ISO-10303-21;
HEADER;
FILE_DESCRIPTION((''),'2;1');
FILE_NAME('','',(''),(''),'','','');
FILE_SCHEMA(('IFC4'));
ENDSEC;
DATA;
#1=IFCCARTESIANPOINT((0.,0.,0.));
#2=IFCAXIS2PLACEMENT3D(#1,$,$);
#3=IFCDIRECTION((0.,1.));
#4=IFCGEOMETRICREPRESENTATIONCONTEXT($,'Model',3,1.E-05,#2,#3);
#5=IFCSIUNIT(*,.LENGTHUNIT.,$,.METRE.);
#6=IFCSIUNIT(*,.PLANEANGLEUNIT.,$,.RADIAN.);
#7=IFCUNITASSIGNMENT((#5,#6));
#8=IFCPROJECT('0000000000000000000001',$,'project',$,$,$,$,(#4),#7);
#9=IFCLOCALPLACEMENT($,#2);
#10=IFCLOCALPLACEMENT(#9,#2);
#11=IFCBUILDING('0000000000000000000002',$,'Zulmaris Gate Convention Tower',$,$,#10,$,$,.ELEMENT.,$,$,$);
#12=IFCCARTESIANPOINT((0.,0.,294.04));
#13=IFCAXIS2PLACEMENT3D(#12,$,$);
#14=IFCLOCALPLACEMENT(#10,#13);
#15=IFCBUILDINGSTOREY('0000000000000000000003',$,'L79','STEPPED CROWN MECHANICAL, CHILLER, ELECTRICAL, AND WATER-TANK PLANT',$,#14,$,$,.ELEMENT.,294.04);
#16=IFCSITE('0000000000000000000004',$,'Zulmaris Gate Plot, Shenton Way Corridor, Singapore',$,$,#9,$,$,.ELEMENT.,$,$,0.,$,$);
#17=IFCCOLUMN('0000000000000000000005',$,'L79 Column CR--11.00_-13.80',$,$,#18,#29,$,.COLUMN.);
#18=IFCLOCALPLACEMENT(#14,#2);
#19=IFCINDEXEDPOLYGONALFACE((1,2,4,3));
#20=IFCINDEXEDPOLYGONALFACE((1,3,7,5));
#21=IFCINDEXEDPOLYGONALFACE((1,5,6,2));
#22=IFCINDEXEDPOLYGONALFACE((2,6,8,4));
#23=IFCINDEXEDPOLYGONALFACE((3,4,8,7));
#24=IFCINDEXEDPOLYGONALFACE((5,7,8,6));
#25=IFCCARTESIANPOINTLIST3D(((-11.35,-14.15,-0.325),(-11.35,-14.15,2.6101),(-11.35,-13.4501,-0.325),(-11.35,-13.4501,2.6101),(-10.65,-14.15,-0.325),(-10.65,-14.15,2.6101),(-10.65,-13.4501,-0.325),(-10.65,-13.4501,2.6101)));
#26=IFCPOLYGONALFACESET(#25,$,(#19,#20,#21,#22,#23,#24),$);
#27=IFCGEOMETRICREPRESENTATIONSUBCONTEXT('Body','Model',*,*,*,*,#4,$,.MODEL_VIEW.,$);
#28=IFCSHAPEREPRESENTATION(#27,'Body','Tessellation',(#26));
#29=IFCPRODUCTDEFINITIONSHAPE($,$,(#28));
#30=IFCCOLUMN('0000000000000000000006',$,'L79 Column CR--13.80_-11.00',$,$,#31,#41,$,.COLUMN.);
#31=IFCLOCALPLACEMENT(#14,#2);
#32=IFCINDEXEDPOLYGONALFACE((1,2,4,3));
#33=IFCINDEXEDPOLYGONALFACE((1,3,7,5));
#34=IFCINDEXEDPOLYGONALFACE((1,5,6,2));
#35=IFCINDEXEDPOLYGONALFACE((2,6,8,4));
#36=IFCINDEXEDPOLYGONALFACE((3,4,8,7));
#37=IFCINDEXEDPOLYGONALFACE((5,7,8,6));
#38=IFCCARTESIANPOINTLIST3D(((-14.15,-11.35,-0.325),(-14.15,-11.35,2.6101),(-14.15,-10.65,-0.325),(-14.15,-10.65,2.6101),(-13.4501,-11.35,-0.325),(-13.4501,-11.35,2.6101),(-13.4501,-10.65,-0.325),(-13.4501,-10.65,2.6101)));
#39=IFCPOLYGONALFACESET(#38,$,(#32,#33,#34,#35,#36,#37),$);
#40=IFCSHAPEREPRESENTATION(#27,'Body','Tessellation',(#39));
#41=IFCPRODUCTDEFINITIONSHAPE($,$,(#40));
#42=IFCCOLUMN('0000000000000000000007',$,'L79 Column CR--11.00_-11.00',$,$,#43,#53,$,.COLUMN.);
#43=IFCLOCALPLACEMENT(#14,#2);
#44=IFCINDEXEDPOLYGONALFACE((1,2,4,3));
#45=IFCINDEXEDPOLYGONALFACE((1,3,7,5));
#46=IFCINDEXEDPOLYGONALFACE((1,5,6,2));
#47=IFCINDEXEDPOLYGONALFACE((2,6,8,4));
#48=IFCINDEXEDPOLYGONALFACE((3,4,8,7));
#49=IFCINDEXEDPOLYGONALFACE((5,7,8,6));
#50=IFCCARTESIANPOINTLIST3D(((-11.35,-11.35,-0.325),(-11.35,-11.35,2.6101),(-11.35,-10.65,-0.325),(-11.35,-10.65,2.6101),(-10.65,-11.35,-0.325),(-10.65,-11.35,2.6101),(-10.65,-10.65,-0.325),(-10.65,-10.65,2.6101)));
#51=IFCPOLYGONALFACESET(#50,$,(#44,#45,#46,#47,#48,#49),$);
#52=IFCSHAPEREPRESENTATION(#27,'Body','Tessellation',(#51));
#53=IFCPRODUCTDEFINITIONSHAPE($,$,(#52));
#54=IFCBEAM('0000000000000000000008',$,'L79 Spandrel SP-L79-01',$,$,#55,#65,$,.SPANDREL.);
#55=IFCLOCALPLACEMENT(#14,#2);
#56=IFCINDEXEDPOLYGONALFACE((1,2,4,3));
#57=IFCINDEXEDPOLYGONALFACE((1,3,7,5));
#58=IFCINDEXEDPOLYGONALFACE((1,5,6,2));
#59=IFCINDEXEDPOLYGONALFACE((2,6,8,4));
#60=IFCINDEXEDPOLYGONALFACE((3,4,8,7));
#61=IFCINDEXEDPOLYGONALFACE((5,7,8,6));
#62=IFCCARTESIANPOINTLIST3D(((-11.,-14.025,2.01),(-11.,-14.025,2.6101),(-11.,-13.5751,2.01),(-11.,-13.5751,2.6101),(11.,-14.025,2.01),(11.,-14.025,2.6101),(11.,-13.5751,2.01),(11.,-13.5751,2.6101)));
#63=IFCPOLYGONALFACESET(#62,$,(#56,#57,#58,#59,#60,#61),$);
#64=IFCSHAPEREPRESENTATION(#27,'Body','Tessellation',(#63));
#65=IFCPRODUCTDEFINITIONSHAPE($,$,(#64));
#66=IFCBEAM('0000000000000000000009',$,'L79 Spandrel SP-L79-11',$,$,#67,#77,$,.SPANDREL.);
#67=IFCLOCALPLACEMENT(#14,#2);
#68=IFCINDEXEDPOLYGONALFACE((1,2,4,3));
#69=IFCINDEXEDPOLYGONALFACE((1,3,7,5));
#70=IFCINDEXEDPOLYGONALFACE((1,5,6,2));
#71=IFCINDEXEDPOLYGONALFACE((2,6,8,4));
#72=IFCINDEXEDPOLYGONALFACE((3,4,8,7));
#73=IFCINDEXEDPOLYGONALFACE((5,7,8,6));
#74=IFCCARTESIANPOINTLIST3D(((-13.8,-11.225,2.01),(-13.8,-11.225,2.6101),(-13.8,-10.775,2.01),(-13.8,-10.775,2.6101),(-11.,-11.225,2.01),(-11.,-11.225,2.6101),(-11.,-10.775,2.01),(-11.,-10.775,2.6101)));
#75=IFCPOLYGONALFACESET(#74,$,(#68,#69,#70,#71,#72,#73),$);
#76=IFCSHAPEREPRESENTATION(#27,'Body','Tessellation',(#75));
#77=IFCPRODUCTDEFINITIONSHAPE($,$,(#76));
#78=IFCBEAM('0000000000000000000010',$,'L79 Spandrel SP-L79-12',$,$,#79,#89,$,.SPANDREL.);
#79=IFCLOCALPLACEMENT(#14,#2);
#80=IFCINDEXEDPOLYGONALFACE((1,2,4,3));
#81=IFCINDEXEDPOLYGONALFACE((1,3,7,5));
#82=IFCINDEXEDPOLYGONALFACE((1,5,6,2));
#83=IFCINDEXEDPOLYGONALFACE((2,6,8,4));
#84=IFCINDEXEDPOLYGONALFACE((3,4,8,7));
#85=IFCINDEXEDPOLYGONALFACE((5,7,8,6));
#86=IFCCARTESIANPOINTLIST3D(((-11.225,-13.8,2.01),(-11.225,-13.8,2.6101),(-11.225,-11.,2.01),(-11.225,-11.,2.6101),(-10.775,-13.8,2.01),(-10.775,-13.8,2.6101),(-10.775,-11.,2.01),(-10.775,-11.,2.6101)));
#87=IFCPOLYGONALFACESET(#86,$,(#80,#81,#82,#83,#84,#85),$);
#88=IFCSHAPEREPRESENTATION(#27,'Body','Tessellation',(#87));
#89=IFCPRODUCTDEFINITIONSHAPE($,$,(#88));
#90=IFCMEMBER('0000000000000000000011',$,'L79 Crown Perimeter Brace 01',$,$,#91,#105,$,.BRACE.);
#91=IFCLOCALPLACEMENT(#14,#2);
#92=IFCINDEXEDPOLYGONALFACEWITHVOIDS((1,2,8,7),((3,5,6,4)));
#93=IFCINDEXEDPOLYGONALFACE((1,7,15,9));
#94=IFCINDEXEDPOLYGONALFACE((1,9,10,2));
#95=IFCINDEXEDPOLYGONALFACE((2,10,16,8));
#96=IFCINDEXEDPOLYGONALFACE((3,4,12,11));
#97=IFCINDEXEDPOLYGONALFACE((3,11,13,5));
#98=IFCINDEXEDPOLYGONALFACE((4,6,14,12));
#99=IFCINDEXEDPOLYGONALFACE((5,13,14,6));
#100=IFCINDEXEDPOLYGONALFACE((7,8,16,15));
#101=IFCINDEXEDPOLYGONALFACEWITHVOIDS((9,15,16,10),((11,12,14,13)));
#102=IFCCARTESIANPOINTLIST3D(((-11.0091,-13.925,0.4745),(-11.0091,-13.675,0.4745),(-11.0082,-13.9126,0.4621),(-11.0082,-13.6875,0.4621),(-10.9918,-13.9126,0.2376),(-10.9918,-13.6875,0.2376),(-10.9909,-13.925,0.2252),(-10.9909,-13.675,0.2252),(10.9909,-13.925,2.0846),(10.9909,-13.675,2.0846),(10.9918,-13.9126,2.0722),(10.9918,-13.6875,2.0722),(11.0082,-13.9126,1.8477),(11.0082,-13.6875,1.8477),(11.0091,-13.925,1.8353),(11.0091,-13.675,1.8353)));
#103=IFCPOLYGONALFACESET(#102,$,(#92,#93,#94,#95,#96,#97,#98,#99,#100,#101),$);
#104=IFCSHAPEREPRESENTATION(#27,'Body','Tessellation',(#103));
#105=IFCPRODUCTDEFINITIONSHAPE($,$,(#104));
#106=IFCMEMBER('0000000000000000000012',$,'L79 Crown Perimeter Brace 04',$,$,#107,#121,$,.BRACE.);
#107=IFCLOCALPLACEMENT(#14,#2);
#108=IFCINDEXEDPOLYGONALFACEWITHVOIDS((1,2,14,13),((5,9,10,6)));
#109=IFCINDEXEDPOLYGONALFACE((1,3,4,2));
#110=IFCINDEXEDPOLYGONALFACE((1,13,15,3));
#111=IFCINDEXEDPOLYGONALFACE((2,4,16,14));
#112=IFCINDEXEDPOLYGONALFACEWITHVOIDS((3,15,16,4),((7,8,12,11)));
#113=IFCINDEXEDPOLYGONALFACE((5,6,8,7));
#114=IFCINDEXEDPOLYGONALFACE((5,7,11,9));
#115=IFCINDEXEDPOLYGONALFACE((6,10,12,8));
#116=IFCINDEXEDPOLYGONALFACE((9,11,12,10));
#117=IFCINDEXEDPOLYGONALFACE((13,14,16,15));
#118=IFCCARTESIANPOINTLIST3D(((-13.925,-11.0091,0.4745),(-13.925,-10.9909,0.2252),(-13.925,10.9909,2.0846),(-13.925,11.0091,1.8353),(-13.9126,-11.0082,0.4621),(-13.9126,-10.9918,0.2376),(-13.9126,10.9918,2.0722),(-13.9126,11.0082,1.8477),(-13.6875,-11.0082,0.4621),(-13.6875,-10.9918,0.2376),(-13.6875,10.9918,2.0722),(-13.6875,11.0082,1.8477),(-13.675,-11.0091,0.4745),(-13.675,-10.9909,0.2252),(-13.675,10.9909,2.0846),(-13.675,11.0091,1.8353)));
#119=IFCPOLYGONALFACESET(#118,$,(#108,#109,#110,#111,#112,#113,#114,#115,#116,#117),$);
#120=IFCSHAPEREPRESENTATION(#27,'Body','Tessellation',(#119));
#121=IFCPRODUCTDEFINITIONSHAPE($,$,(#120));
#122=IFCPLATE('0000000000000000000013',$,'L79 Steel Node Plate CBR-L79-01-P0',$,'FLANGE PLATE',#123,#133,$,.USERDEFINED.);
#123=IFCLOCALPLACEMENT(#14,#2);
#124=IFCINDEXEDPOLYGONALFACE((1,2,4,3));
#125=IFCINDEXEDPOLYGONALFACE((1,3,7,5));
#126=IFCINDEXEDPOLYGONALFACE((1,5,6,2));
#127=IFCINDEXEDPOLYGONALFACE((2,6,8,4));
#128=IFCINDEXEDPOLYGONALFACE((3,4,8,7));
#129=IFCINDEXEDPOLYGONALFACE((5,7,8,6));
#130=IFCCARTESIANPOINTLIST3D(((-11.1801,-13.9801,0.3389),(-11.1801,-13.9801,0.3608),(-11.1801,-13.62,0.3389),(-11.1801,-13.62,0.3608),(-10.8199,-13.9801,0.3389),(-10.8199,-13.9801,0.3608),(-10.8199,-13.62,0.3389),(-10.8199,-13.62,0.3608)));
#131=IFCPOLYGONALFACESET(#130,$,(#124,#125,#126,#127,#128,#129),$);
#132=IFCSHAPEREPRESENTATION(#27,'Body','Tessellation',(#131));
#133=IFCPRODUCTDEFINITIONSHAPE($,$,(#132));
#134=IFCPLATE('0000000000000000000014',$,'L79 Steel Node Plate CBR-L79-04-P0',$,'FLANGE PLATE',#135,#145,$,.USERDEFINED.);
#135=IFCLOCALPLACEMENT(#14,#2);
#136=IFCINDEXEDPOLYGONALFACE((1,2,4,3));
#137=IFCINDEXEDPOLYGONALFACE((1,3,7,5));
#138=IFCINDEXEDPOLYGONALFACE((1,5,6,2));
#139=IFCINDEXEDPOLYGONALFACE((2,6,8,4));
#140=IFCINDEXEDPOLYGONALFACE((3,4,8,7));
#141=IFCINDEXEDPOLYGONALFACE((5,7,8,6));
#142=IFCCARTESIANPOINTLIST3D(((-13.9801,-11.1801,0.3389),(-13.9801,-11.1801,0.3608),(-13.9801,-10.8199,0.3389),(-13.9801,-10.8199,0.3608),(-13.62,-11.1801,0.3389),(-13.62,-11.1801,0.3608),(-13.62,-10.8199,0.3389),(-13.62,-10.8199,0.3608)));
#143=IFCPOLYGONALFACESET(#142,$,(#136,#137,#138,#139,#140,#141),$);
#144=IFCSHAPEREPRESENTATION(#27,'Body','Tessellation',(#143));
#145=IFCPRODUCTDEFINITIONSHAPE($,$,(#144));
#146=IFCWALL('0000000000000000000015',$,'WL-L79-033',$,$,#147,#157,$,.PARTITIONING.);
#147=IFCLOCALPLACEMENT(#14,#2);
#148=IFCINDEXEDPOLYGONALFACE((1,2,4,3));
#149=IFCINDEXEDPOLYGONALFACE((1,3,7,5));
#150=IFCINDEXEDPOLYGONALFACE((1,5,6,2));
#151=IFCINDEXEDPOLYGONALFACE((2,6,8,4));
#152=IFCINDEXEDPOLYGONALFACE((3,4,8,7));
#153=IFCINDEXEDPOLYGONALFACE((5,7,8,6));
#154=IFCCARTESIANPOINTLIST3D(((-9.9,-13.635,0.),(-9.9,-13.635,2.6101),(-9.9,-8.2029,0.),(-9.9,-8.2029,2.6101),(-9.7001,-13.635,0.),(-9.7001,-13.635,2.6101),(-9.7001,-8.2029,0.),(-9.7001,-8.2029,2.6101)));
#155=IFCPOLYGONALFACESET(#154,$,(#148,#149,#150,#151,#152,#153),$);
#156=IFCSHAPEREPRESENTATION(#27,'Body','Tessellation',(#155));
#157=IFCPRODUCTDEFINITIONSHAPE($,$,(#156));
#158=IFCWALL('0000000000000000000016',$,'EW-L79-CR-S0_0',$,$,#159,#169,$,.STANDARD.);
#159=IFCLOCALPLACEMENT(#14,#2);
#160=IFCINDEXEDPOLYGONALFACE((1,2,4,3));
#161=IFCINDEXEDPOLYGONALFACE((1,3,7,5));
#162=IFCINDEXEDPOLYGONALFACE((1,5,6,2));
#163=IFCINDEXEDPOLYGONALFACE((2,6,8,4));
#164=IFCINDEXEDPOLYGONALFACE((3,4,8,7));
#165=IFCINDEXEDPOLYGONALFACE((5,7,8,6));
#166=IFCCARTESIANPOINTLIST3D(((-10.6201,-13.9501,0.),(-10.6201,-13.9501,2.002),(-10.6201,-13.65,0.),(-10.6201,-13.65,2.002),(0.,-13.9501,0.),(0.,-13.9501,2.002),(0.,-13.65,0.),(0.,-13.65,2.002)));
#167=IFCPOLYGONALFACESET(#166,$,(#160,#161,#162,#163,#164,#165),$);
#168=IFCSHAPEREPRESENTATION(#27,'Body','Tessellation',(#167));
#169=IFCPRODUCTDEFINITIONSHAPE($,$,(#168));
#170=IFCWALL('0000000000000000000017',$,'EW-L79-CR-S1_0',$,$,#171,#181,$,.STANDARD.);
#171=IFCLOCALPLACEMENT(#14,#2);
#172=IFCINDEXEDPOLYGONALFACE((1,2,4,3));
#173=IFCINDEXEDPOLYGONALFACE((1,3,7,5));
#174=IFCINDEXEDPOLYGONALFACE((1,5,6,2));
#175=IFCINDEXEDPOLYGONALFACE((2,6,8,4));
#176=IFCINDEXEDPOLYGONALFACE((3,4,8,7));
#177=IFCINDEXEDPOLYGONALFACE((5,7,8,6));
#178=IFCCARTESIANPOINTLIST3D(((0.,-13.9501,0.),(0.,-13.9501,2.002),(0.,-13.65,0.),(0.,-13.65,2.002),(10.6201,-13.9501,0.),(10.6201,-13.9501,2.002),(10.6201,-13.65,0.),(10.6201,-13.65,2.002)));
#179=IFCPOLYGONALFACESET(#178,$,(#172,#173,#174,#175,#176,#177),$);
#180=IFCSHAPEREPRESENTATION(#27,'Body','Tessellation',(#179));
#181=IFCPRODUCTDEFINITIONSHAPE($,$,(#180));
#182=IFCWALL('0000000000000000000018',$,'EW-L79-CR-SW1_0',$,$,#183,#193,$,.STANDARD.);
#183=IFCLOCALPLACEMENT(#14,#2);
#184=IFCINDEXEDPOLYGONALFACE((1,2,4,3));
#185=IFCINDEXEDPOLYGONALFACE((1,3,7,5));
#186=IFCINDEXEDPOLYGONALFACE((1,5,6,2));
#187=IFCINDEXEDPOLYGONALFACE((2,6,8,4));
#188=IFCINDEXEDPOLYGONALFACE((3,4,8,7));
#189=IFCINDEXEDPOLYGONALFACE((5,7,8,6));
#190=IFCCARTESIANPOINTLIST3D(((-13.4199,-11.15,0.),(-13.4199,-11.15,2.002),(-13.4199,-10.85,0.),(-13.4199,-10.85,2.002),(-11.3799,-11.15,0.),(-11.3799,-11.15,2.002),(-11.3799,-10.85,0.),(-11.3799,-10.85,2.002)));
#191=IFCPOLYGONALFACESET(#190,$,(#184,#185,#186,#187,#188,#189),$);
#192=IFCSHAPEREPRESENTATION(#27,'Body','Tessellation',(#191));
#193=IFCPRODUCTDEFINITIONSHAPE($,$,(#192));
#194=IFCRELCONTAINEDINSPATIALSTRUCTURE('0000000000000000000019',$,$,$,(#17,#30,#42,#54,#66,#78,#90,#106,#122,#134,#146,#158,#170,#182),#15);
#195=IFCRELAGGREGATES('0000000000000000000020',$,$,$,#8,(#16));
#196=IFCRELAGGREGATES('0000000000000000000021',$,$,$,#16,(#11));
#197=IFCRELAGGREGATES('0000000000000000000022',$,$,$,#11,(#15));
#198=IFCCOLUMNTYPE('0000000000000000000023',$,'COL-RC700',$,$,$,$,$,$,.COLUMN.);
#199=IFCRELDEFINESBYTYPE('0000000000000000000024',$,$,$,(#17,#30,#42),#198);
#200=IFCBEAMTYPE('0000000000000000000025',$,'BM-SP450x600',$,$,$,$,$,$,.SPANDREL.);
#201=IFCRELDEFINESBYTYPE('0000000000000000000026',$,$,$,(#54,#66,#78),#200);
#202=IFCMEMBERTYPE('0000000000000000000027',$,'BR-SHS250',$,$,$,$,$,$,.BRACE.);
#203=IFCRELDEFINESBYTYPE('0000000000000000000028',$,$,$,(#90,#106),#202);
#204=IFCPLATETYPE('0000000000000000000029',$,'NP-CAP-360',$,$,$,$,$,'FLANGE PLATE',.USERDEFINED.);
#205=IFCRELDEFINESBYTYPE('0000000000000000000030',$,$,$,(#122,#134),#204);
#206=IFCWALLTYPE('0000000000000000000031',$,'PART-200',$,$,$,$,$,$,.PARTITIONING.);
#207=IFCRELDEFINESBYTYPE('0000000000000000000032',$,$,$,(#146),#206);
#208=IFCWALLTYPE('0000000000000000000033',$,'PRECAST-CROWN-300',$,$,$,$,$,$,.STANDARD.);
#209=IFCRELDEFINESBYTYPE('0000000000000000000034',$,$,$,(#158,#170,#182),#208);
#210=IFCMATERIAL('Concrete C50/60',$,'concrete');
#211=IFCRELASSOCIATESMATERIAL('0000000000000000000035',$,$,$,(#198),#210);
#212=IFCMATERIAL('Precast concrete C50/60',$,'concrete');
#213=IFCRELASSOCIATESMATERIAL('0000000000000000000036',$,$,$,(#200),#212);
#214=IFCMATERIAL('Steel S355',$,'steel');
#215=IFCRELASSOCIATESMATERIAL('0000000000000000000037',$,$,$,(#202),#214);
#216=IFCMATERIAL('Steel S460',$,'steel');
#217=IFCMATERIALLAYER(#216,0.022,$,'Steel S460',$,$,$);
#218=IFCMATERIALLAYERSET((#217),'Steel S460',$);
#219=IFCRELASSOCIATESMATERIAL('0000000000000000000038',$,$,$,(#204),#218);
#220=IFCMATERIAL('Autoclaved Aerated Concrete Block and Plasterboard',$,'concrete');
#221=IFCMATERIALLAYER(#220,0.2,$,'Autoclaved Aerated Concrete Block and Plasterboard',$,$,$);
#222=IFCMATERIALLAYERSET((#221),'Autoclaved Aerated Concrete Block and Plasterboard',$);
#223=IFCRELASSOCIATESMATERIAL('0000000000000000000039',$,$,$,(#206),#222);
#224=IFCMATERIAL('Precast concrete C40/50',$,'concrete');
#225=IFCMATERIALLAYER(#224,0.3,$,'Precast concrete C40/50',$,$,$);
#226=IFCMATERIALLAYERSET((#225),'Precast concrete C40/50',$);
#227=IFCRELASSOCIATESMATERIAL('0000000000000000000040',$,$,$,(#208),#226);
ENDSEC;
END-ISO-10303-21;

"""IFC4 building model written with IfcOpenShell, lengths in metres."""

from ifc_helpers import new_model, si_unit, direction, frame, frame_2d, origin, origin_2d, place, context, subcontext, project, spatial, rectangle, hollow_rectangle, extrude, material, layer, layer_set, material_profile, profile_set, type_object, element, save


model = new_model("IFC4")

# Units and contexts
model_context = context("Model", 3, precision=1e-05, world=origin(), true_north=direction((0.0, 1.0)))
body_context = subcontext(model_context, "Body", "Model", "MODEL_VIEW")
ifc_project = project(units=[si_unit("LENGTHUNIT", "METRE"), si_unit("PLANEANGLEUNIT", "RADIAN")], contexts=[model_context])

# Site, building, storey
site_placement = place(None, origin())
site = spatial("IfcSite", under=ifc_project, at=site_placement, Name="Zulmaris Gate Plot, Shenton Way Corridor, Singapore", CompositionType="ELEMENT", RefElevation=0.0)
building_placement = place(site_placement, origin())
building = spatial("IfcBuilding", under=site, at=building_placement, Name="Zulmaris Gate Convention Tower", CompositionType="ELEMENT")
storey_placement = place(building_placement, frame((0.0, 0.0, 294.04)))
storey = spatial("IfcBuildingStorey", under=building, at=storey_placement, Name="L79", Description="STEPPED CROWN MECHANICAL, CHILLER, ELECTRICAL, AND WATER-TANK PLANT", CompositionType="ELEMENT", Elevation=294.04)

# Columns
ifc_material_1 = material(Name="Concrete C50/60", Category="concrete")
ifc_material_profile_1 = material_profile(ifc_material_1, rectangle(XDim=0.7, YDim=0.7, at=origin_2d()), Name="RC COL 700x700")
ifc_profile_set_1 = profile_set([ifc_material_profile_1], Name="Concrete C50/60")
column_type = type_object("IfcColumnType", Name="COL-RC700", PredefinedType="COLUMN", material=ifc_profile_set_1)
for number, where, z_axis, x_axis, name in (
    (1, (-11.0, -13.8, -0.325), (0.0, 0.0, 1.0), (1.0, 0.0, 0.0), "L79 Column CR--11.00_-13.80"),
    (2, (-13.8, -11.0, -0.325), (0.0, 0.0, 1.0), (1.0, 0.0, 0.0), "L79 Column CR--13.80_-11.00"),
    (3, (-11.0, -11.0, -0.325), (0.0, 0.0, 1.0), (1.0, 0.0, 0.0), "L79 Column CR--11.00_-11.00"),
):
    element("IfcColumn", number, at=place(storey_placement, frame(where, z_axis=z_axis, x_axis=x_axis)), inside=storey, type_object=column_type, Name=name, PredefinedType="COLUMN", context=body_context, shape_type="SweptSolid", body=[
        extrude(rectangle(XDim=0.7, YDim=0.7, at=origin_2d()), origin(), (0.0, 0.0, 1.0), 2.9351),
    ])

# Beams
ifc_material_2 = material(Name="Precast concrete C50/60", Category="concrete")
ifc_material_profile_2 = material_profile(ifc_material_2, rectangle(XDim=0.45, YDim=0.6001, at=origin_2d()), Name="RC SPANDREL 450x600")
ifc_profile_set_2 = profile_set([ifc_material_profile_2], Name="Precast concrete C50/60")
beam_type = type_object("IfcBeamType", Name="BM-SP450x600", PredefinedType="SPANDREL", material=ifc_profile_set_2)
beam_placement = place(storey_placement, frame((-11.0, -13.8, 2.3101), z_axis=(1.0, 0.0, 0.0), x_axis=(0.0, 1.0, 0.0)))
element("IfcBeam", 4, at=beam_placement, inside=storey, type_object=beam_type, Name="L79 Spandrel SP-L79-01", PredefinedType="SPANDREL", context=body_context, shape_type="SweptSolid", body=[
    extrude(rectangle(XDim=0.45, YDim=0.6001, at=origin_2d()), origin(), (0.0, 0.0, 1.0), 22.0),
])
for number, where, z_axis, x_axis, name in (
    (5, (-13.8, -11.0, 2.3101), (1.0, 0.0, 0.0), (0.0, 1.0, 0.0), "L79 Spandrel SP-L79-11"),
    (6, (-11.0, -11.0, 2.3101), (0.0, -1.0, 0.0), (1.0, 0.0, 0.0), "L79 Spandrel SP-L79-12"),
):
    element("IfcBeam", number, at=place(storey_placement, frame(where, z_axis=z_axis, x_axis=x_axis)), inside=storey, type_object=beam_type, Name=name, PredefinedType="SPANDREL", context=body_context, shape_type="SweptSolid", body=[
        extrude(rectangle(XDim=0.45, YDim=0.6001, at=origin_2d()), origin(), (0.0, 0.0, 1.0), 2.8),
    ])

# Members
ifc_material_3 = material(Name="Steel S355", Category="steel")
ifc_material_profile_3 = material_profile(ifc_material_3, hollow_rectangle(XDim=0.25, YDim=0.25, WallThickness=0.0125, at=origin_2d()), Name="SHS 250x250x12.5")
ifc_profile_set_3 = profile_set([ifc_material_profile_3], Name="Steel S355")
member_type = type_object("IfcMemberType", Name="BR-SHS250", PredefinedType="BRACE", material=ifc_profile_set_3)
for number, where, z_axis, x_axis, name in (
    (7, (-11.0, -13.8, 0.3499), (0.997333, 0.0, 0.072991), (0.0, 1.0, 0.0), "L79 Crown Perimeter Brace 01"),
    (8, (-13.8, -11.0, 0.3499), (0.0, 0.997333, 0.072991), (-1.0, 0.0, 0.0), "L79 Crown Perimeter Brace 04"),
):
    element("IfcMember", number, at=place(storey_placement, frame(where, z_axis=z_axis, x_axis=x_axis)), inside=storey, type_object=member_type, Name=name, PredefinedType="BRACE", context=body_context, shape_type="SweptSolid", body=[
        extrude(hollow_rectangle(XDim=0.25, YDim=0.25, WallThickness=0.0125, at=origin_2d()), origin(), (0.0, 0.0, 1.0), 22.0588),
    ])

# Plates
ifc_material_4 = material(Name="Steel S460", Category="steel")
ifc_layer_1 = layer(ifc_material_4, 0.022, Name="Steel S460")
ifc_layer_set_1 = layer_set([ifc_layer_1], Name="Steel S460")
plate_type = type_object("IfcPlateType", Name="NP-CAP-360", ElementType="FLANGE PLATE", PredefinedType="USERDEFINED", material=ifc_layer_set_1)
for number, where, z_axis, x_axis, name in (
    (9, (-11.0, -13.8, 0.3389), (0.0, 0.0, 1.0), (1.0, 0.0, 0.0), "L79 Steel Node Plate CBR-L79-01-P0"),
    (10, (-13.8, -11.0, 0.3389), (0.0, 0.0, 1.0), (1.0, 0.0, 0.0), "L79 Steel Node Plate CBR-L79-04-P0"),
):
    element("IfcPlate", number, at=place(storey_placement, frame(where, z_axis=z_axis, x_axis=x_axis)), inside=storey, type_object=plate_type, Name=name, ObjectType="FLANGE PLATE", PredefinedType="USERDEFINED", context=body_context, shape_type="SweptSolid", body=[
        extrude(rectangle(XDim=0.3601, YDim=0.3601, at=origin_2d()), origin(), (0.0, 0.0, 1.0), 0.022),
    ])

# Wall
ifc_material_5 = material(Name="Autoclaved Aerated Concrete Block and Plasterboard", Category="concrete")
ifc_layer_2 = layer(ifc_material_5, 0.2, Name="Autoclaved Aerated Concrete Block and Plasterboard")
ifc_layer_set_2 = layer_set([ifc_layer_2], Name="Autoclaved Aerated Concrete Block and Plasterboard")
wall_type_1 = type_object("IfcWallType", Name="PART-200", PredefinedType="PARTITIONING", material=ifc_layer_set_2)
wall_1_placement = place(storey_placement, frame((-9.8, -13.635, 0.0), z_axis=(0.0, 0.0, 1.0), x_axis=(0.0, 1.0, 0.0)))
element("IfcWall", 11, at=wall_1_placement, inside=storey, type_object=wall_type_1, Name="WL-L79-033", PredefinedType="PARTITIONING", context=body_context, shape_type="SweptSolid", body=[
    extrude(rectangle(XDim=5.4321, YDim=0.2, at=frame_2d((2.7161, 0.0))), origin(), (0.0, 0.0, 1.0), 2.6101),
])

# Walls
ifc_material_6 = material(Name="Precast concrete C40/50", Category="concrete")
ifc_layer_3 = layer(ifc_material_6, 0.3, Name="Precast concrete C40/50")
ifc_layer_set_3 = layer_set([ifc_layer_3], Name="Precast concrete C40/50")
wall_type_2 = type_object("IfcWallType", Name="PRECAST-CROWN-300", PredefinedType="STANDARD", material=ifc_layer_set_3)
for number, where, z_axis, x_axis, name in (
    (12, (-10.6201, -13.8, 0.0), (0.0, 0.0, 1.0), (1.0, 0.0, 0.0), "EW-L79-CR-S0_0"),
    (13, (0.0, -13.8, 0.0), (0.0, 0.0, 1.0), (1.0, 0.0, 0.0), "EW-L79-CR-S1_0"),
):
    element("IfcWall", number, at=place(storey_placement, frame(where, z_axis=z_axis, x_axis=x_axis)), inside=storey, type_object=wall_type_2, Name=name, PredefinedType="STANDARD", context=body_context, shape_type="SweptSolid", body=[
        extrude(rectangle(XDim=10.6201, YDim=0.3, at=frame_2d((5.3101, 0.0))), origin(), (0.0, 0.0, 1.0), 2.002),
    ])
for number, where, z_axis, x_axis, name in (
    (14, (-13.4199, -11.0, 0.0), (0.0, 0.0, 1.0), (1.0, 0.0, 0.0), "EW-L79-CR-SW1_0"),
):
    element("IfcWall", number, at=place(storey_placement, frame(where, z_axis=z_axis, x_axis=x_axis)), inside=storey, type_object=wall_type_2, Name=name, PredefinedType="STANDARD", context=body_context, shape_type="SweptSolid", body=[
        extrude(rectangle(XDim=2.04, YDim=0.3, at=frame_2d((1.02, 0.0))), origin(), (0.0, 0.0, 1.0), 2.002),
    ])

save(model, "model.ifc")
